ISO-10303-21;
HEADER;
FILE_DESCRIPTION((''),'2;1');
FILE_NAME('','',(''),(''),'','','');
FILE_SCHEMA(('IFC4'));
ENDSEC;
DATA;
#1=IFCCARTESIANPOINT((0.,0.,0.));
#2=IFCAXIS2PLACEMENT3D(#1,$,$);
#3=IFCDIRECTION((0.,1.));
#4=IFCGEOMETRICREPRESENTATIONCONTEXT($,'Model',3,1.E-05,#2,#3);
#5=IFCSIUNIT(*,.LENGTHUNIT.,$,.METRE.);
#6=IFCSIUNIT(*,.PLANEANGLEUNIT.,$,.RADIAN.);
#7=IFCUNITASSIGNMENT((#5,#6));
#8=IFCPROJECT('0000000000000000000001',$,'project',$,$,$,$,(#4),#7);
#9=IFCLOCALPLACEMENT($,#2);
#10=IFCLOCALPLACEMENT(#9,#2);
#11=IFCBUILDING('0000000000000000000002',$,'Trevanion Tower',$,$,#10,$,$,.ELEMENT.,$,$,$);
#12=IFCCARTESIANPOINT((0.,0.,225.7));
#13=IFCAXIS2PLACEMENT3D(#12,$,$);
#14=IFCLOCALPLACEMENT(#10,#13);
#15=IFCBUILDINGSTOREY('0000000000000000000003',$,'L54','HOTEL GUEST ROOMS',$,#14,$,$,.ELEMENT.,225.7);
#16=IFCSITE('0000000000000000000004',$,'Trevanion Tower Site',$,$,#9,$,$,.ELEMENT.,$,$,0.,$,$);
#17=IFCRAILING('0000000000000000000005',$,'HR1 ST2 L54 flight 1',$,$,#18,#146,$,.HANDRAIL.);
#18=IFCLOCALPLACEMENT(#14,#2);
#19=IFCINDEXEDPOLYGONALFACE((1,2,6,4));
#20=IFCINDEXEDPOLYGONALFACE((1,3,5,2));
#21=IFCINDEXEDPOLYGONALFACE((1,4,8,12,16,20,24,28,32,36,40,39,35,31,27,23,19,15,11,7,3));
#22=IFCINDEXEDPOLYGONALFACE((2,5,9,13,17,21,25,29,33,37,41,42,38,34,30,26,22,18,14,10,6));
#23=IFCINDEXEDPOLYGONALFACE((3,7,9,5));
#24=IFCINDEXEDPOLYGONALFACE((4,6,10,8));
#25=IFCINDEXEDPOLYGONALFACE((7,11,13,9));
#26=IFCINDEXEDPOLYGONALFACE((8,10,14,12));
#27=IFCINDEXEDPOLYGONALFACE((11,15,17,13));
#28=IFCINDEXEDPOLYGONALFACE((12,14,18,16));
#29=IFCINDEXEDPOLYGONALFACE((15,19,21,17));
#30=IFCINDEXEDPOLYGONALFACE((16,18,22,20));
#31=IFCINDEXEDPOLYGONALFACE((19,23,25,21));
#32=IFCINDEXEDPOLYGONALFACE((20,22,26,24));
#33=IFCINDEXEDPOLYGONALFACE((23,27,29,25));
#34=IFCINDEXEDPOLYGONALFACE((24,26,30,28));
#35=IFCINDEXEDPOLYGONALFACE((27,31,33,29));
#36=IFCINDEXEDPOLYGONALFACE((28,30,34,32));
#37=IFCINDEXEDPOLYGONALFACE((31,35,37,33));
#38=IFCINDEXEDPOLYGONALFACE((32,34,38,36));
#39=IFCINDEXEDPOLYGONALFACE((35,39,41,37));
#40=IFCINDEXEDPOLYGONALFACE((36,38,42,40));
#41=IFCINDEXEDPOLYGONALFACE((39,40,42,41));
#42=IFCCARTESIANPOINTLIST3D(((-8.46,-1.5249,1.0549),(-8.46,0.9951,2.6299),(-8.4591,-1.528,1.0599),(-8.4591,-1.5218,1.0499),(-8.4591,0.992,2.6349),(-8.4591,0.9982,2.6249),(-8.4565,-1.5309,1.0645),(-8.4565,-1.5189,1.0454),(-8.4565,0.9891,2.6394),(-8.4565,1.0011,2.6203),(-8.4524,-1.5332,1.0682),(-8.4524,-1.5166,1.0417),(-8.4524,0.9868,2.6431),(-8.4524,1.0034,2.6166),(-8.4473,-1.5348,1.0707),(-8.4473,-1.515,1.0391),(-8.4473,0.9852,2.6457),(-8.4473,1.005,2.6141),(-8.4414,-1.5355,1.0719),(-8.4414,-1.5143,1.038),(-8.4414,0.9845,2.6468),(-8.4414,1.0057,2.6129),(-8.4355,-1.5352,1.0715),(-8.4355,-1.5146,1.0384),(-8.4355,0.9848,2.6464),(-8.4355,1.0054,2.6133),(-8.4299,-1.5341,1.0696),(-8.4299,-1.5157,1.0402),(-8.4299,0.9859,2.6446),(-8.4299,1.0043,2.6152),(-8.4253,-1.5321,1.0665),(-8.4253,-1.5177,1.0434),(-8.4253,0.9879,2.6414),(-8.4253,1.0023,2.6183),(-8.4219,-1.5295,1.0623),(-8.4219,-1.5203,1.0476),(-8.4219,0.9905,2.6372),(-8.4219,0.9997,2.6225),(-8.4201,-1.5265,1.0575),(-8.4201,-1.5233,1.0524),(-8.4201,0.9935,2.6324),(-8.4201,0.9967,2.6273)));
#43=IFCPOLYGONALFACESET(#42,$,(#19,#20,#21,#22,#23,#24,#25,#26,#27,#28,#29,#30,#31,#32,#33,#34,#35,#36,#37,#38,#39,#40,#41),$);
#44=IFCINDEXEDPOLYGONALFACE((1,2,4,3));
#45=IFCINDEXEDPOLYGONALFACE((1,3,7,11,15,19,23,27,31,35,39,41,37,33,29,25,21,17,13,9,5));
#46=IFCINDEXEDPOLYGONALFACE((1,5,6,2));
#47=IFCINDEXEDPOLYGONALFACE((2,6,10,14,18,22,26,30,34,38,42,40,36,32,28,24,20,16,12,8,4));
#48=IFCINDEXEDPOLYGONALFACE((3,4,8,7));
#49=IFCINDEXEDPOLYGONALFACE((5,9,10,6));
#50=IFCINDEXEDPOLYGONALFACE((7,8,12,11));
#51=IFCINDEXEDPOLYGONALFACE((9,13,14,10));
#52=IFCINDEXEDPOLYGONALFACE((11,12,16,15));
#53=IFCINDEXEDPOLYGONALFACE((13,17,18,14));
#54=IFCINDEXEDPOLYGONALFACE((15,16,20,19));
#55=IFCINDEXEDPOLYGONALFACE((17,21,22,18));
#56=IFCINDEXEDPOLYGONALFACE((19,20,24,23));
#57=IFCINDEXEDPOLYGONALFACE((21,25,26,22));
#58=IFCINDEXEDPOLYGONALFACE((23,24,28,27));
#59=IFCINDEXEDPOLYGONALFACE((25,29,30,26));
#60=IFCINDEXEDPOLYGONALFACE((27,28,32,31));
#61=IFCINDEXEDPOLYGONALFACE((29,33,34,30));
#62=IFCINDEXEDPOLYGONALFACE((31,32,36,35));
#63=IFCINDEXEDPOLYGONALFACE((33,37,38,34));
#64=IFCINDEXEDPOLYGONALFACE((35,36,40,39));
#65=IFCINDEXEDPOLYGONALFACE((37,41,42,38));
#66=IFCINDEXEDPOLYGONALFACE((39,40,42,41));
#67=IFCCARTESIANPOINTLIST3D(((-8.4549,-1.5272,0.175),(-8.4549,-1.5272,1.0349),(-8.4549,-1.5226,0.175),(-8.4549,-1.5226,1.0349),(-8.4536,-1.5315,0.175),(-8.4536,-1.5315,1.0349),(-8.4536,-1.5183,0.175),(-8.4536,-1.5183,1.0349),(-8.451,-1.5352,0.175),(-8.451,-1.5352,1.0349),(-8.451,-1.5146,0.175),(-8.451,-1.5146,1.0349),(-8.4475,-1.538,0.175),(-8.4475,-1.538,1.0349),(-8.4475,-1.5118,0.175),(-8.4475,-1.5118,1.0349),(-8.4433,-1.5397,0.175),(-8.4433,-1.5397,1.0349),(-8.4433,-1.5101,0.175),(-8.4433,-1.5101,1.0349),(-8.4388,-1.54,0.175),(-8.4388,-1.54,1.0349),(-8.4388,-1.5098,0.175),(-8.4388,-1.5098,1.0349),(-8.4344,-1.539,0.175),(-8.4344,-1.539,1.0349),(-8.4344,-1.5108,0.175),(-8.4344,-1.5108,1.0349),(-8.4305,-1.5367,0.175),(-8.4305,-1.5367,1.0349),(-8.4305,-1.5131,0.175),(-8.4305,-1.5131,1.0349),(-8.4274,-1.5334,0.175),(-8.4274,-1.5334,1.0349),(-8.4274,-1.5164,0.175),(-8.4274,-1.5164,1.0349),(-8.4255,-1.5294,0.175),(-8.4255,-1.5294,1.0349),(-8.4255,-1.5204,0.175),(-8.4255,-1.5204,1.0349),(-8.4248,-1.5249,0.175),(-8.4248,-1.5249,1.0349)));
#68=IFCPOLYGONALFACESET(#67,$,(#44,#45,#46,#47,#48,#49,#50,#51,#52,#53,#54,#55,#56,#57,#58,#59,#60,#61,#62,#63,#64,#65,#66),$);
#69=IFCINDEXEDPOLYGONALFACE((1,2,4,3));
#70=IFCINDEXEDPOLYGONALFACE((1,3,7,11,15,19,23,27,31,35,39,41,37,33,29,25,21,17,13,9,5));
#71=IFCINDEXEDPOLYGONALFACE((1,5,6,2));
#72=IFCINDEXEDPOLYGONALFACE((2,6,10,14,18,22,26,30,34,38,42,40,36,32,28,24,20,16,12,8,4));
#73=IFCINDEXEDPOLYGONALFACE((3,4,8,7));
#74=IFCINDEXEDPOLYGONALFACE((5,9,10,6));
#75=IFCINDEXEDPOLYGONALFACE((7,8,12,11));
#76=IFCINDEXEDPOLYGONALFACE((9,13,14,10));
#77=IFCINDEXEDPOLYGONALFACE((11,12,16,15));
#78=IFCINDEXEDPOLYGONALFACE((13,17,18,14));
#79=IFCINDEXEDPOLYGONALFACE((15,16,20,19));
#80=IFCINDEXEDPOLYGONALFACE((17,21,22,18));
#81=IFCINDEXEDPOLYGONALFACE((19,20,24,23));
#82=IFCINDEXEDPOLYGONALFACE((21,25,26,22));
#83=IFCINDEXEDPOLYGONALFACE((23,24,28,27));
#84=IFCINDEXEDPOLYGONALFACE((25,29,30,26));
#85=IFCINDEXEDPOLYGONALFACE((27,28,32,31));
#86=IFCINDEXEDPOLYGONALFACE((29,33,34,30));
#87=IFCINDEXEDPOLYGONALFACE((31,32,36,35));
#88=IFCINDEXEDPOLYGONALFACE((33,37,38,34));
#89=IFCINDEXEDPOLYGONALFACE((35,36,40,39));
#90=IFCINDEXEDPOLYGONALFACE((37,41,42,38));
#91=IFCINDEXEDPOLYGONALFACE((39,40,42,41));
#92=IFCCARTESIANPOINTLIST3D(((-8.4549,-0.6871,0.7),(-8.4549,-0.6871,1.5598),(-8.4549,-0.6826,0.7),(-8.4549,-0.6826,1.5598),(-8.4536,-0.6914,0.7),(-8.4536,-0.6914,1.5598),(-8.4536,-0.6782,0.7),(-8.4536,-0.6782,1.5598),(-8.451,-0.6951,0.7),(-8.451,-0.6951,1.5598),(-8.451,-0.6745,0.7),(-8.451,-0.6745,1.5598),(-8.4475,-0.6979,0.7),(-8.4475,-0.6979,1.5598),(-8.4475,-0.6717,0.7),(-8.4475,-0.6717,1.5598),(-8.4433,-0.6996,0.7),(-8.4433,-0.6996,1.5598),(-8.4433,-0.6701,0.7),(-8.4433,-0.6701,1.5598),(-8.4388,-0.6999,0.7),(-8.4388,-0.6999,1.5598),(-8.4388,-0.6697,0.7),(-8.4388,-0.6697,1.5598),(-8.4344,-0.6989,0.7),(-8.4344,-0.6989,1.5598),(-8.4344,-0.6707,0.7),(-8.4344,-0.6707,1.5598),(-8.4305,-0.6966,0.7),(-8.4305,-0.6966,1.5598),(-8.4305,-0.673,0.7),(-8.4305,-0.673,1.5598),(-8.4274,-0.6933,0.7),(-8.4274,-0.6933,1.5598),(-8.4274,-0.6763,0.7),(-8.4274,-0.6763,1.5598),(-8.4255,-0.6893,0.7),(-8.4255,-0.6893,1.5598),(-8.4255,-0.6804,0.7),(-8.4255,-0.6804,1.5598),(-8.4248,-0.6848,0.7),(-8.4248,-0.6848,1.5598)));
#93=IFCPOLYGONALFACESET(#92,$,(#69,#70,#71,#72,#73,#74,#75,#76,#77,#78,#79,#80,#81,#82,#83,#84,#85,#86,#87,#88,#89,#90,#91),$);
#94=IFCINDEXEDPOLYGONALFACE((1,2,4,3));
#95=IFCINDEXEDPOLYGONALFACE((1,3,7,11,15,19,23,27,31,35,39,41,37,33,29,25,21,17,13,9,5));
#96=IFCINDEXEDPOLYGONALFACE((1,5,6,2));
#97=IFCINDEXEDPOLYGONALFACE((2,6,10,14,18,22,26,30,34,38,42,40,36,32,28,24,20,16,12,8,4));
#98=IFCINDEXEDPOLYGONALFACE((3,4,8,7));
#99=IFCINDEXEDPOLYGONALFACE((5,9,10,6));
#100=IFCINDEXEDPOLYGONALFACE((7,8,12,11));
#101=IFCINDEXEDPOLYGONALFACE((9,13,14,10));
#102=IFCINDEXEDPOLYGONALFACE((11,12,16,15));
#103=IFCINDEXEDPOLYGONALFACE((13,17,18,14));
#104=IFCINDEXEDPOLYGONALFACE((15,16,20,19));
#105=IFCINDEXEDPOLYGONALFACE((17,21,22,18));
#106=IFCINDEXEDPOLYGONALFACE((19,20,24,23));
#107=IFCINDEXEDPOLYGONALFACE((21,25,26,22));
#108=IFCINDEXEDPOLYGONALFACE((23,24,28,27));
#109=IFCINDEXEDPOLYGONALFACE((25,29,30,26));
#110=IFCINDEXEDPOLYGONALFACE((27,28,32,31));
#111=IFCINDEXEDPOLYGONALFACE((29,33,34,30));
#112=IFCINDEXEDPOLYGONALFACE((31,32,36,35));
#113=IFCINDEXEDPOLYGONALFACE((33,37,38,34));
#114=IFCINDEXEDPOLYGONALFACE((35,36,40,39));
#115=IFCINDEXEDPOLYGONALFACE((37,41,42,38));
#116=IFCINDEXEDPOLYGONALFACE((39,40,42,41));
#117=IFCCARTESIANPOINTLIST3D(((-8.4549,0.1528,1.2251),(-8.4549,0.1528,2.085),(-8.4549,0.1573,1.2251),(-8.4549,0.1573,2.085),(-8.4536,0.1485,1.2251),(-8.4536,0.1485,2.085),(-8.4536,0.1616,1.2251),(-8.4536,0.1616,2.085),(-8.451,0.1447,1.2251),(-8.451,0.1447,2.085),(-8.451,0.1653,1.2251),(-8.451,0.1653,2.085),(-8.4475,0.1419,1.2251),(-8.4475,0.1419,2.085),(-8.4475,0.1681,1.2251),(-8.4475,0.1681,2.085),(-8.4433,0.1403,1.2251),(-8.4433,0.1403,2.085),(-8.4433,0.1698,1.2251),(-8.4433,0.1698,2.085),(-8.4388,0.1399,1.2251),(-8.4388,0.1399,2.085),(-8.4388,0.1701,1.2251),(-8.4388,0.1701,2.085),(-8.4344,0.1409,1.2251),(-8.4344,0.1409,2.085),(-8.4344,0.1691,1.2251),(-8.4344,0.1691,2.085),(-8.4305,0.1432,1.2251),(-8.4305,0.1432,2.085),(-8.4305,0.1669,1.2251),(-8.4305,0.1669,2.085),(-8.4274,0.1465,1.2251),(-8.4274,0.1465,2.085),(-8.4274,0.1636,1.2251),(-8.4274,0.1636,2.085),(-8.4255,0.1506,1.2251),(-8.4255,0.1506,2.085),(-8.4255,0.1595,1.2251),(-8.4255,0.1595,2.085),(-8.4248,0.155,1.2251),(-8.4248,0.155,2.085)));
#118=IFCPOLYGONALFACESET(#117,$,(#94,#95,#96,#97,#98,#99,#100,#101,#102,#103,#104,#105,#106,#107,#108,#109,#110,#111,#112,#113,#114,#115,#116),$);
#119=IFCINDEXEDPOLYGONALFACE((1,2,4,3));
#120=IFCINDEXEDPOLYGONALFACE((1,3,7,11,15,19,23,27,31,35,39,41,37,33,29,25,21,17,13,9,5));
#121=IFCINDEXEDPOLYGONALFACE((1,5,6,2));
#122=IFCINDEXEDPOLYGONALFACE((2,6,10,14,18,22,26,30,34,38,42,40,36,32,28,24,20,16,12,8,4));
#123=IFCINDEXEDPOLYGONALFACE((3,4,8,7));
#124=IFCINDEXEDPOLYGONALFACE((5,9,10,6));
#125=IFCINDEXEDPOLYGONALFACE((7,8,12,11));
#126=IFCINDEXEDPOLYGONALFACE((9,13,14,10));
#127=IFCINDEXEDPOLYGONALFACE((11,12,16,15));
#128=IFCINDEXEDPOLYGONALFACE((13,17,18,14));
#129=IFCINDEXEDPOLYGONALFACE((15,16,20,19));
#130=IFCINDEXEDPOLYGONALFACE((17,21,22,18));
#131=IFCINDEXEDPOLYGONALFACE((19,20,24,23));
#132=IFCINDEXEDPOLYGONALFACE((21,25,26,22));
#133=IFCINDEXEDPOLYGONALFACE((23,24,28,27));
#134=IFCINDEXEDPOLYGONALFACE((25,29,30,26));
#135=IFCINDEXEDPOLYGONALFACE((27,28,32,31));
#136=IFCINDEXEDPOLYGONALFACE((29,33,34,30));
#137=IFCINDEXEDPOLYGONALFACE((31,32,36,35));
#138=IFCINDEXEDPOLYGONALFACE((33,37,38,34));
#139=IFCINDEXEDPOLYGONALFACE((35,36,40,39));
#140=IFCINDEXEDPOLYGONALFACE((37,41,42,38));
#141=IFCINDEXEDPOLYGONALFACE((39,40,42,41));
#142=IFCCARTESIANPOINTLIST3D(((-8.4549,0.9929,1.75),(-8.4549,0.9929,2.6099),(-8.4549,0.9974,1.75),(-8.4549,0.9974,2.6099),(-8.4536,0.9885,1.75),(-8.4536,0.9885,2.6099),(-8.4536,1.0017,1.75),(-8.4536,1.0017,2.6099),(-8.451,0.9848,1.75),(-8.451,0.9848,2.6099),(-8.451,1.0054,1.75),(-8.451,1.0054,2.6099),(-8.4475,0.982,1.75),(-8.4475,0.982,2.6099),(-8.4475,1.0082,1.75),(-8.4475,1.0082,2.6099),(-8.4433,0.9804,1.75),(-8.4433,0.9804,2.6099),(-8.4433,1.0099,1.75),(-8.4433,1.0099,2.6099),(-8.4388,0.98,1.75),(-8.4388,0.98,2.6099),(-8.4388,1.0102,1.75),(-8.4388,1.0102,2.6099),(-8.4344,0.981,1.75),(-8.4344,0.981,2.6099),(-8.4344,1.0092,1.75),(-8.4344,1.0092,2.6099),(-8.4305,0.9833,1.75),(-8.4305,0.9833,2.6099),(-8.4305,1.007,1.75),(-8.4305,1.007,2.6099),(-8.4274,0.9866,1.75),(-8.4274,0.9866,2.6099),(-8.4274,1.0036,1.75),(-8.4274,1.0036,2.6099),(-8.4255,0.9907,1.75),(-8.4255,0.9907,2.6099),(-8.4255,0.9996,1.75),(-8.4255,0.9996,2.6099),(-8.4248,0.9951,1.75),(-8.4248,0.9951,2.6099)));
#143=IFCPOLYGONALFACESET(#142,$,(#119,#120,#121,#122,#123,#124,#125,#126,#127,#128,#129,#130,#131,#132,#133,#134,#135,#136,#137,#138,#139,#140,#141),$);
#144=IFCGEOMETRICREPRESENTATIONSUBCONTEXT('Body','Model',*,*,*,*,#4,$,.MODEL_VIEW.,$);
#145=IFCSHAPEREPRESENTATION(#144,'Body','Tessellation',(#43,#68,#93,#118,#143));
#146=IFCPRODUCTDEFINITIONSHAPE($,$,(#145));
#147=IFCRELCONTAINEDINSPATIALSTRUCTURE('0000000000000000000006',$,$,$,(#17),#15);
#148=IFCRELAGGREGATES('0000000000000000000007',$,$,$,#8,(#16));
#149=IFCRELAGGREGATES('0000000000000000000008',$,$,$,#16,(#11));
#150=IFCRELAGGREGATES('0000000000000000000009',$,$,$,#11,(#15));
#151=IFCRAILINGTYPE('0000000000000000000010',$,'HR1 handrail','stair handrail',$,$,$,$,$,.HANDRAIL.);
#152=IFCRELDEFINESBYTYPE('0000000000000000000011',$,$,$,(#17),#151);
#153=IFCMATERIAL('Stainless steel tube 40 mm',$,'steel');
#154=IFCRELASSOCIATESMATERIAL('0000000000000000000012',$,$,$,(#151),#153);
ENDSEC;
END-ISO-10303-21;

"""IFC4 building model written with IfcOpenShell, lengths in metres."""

from ifc_helpers import new_model, si_unit, direction, frame, origin, origin_2d, place, context, subcontext, project, spatial, circle, extrude, material, type_object, element, save


model = new_model("IFC4")

# Units and contexts
model_context = context("Model", 3, precision=1e-05, world=origin(), true_north=direction((0.0, 1.0)))
body_context = subcontext(model_context, "Body", "Model", "MODEL_VIEW")
ifc_project = project(units=[si_unit("LENGTHUNIT", "METRE"), si_unit("PLANEANGLEUNIT", "RADIAN")], contexts=[model_context])

# Site, building, storey
site_placement = place(None, origin())
site = spatial("IfcSite", under=ifc_project, at=site_placement, Name="Trevanion Tower Site", CompositionType="ELEMENT", RefElevation=0.0)
building_placement = place(site_placement, origin())
building = spatial("IfcBuilding", under=site, at=building_placement, Name="Trevanion Tower", CompositionType="ELEMENT")
storey_placement = place(building_placement, frame((0.0, 0.0, 225.7)))
storey = spatial("IfcBuildingStorey", under=building, at=storey_placement, Name="L54", Description="HOTEL GUEST ROOMS", CompositionType="ELEMENT", Elevation=225.7)

# Railing
ifc_material_1 = material(Name="Stainless steel tube 40 mm", Category="steel")
railing_type = type_object("IfcRailingType", Name="HR1 handrail", Description="stair handrail", PredefinedType="HANDRAIL", material=ifc_material_1)
for number, where, name in (
    (1, (-8.4399, -1.5249, 0.175), "HR1 ST2 L54 flight 1"),
):
    element("IfcRailing", number, at=place(storey_placement, frame(where)), inside=storey, type_object=railing_type, Name=name, PredefinedType="HANDRAIL", context=body_context, shape_type="SweptSolid", body=[
        extrude(circle(Radius=0.02, at=origin_2d()), frame((0.0, 0.0, 0.8799), z_axis=(0.0, 0.848008, 0.529984), x_axis=(-1.0, 0.0, 0.0)), (0.0, 0.0, 1.0), 2.9717),
        extrude(circle(Radius=0.0151, at=origin_2d()), origin(), (0.0, 0.0, 1.0), 0.8599),
        extrude(circle(Radius=0.0151, at=origin_2d()), frame((0.0, 0.8401, 0.5249)), (0.0, 0.0, 1.0), 0.8599),
        extrude(circle(Radius=0.0151, at=origin_2d()), frame((0.0, 1.6799, 1.05)), (0.0, 0.0, 1.0), 0.8599),
        extrude(circle(Radius=0.0151, at=origin_2d()), frame((0.0, 2.52, 1.575)), (0.0, 0.0, 1.0), 0.8599),
    ])

save(model, "model.ifc")
